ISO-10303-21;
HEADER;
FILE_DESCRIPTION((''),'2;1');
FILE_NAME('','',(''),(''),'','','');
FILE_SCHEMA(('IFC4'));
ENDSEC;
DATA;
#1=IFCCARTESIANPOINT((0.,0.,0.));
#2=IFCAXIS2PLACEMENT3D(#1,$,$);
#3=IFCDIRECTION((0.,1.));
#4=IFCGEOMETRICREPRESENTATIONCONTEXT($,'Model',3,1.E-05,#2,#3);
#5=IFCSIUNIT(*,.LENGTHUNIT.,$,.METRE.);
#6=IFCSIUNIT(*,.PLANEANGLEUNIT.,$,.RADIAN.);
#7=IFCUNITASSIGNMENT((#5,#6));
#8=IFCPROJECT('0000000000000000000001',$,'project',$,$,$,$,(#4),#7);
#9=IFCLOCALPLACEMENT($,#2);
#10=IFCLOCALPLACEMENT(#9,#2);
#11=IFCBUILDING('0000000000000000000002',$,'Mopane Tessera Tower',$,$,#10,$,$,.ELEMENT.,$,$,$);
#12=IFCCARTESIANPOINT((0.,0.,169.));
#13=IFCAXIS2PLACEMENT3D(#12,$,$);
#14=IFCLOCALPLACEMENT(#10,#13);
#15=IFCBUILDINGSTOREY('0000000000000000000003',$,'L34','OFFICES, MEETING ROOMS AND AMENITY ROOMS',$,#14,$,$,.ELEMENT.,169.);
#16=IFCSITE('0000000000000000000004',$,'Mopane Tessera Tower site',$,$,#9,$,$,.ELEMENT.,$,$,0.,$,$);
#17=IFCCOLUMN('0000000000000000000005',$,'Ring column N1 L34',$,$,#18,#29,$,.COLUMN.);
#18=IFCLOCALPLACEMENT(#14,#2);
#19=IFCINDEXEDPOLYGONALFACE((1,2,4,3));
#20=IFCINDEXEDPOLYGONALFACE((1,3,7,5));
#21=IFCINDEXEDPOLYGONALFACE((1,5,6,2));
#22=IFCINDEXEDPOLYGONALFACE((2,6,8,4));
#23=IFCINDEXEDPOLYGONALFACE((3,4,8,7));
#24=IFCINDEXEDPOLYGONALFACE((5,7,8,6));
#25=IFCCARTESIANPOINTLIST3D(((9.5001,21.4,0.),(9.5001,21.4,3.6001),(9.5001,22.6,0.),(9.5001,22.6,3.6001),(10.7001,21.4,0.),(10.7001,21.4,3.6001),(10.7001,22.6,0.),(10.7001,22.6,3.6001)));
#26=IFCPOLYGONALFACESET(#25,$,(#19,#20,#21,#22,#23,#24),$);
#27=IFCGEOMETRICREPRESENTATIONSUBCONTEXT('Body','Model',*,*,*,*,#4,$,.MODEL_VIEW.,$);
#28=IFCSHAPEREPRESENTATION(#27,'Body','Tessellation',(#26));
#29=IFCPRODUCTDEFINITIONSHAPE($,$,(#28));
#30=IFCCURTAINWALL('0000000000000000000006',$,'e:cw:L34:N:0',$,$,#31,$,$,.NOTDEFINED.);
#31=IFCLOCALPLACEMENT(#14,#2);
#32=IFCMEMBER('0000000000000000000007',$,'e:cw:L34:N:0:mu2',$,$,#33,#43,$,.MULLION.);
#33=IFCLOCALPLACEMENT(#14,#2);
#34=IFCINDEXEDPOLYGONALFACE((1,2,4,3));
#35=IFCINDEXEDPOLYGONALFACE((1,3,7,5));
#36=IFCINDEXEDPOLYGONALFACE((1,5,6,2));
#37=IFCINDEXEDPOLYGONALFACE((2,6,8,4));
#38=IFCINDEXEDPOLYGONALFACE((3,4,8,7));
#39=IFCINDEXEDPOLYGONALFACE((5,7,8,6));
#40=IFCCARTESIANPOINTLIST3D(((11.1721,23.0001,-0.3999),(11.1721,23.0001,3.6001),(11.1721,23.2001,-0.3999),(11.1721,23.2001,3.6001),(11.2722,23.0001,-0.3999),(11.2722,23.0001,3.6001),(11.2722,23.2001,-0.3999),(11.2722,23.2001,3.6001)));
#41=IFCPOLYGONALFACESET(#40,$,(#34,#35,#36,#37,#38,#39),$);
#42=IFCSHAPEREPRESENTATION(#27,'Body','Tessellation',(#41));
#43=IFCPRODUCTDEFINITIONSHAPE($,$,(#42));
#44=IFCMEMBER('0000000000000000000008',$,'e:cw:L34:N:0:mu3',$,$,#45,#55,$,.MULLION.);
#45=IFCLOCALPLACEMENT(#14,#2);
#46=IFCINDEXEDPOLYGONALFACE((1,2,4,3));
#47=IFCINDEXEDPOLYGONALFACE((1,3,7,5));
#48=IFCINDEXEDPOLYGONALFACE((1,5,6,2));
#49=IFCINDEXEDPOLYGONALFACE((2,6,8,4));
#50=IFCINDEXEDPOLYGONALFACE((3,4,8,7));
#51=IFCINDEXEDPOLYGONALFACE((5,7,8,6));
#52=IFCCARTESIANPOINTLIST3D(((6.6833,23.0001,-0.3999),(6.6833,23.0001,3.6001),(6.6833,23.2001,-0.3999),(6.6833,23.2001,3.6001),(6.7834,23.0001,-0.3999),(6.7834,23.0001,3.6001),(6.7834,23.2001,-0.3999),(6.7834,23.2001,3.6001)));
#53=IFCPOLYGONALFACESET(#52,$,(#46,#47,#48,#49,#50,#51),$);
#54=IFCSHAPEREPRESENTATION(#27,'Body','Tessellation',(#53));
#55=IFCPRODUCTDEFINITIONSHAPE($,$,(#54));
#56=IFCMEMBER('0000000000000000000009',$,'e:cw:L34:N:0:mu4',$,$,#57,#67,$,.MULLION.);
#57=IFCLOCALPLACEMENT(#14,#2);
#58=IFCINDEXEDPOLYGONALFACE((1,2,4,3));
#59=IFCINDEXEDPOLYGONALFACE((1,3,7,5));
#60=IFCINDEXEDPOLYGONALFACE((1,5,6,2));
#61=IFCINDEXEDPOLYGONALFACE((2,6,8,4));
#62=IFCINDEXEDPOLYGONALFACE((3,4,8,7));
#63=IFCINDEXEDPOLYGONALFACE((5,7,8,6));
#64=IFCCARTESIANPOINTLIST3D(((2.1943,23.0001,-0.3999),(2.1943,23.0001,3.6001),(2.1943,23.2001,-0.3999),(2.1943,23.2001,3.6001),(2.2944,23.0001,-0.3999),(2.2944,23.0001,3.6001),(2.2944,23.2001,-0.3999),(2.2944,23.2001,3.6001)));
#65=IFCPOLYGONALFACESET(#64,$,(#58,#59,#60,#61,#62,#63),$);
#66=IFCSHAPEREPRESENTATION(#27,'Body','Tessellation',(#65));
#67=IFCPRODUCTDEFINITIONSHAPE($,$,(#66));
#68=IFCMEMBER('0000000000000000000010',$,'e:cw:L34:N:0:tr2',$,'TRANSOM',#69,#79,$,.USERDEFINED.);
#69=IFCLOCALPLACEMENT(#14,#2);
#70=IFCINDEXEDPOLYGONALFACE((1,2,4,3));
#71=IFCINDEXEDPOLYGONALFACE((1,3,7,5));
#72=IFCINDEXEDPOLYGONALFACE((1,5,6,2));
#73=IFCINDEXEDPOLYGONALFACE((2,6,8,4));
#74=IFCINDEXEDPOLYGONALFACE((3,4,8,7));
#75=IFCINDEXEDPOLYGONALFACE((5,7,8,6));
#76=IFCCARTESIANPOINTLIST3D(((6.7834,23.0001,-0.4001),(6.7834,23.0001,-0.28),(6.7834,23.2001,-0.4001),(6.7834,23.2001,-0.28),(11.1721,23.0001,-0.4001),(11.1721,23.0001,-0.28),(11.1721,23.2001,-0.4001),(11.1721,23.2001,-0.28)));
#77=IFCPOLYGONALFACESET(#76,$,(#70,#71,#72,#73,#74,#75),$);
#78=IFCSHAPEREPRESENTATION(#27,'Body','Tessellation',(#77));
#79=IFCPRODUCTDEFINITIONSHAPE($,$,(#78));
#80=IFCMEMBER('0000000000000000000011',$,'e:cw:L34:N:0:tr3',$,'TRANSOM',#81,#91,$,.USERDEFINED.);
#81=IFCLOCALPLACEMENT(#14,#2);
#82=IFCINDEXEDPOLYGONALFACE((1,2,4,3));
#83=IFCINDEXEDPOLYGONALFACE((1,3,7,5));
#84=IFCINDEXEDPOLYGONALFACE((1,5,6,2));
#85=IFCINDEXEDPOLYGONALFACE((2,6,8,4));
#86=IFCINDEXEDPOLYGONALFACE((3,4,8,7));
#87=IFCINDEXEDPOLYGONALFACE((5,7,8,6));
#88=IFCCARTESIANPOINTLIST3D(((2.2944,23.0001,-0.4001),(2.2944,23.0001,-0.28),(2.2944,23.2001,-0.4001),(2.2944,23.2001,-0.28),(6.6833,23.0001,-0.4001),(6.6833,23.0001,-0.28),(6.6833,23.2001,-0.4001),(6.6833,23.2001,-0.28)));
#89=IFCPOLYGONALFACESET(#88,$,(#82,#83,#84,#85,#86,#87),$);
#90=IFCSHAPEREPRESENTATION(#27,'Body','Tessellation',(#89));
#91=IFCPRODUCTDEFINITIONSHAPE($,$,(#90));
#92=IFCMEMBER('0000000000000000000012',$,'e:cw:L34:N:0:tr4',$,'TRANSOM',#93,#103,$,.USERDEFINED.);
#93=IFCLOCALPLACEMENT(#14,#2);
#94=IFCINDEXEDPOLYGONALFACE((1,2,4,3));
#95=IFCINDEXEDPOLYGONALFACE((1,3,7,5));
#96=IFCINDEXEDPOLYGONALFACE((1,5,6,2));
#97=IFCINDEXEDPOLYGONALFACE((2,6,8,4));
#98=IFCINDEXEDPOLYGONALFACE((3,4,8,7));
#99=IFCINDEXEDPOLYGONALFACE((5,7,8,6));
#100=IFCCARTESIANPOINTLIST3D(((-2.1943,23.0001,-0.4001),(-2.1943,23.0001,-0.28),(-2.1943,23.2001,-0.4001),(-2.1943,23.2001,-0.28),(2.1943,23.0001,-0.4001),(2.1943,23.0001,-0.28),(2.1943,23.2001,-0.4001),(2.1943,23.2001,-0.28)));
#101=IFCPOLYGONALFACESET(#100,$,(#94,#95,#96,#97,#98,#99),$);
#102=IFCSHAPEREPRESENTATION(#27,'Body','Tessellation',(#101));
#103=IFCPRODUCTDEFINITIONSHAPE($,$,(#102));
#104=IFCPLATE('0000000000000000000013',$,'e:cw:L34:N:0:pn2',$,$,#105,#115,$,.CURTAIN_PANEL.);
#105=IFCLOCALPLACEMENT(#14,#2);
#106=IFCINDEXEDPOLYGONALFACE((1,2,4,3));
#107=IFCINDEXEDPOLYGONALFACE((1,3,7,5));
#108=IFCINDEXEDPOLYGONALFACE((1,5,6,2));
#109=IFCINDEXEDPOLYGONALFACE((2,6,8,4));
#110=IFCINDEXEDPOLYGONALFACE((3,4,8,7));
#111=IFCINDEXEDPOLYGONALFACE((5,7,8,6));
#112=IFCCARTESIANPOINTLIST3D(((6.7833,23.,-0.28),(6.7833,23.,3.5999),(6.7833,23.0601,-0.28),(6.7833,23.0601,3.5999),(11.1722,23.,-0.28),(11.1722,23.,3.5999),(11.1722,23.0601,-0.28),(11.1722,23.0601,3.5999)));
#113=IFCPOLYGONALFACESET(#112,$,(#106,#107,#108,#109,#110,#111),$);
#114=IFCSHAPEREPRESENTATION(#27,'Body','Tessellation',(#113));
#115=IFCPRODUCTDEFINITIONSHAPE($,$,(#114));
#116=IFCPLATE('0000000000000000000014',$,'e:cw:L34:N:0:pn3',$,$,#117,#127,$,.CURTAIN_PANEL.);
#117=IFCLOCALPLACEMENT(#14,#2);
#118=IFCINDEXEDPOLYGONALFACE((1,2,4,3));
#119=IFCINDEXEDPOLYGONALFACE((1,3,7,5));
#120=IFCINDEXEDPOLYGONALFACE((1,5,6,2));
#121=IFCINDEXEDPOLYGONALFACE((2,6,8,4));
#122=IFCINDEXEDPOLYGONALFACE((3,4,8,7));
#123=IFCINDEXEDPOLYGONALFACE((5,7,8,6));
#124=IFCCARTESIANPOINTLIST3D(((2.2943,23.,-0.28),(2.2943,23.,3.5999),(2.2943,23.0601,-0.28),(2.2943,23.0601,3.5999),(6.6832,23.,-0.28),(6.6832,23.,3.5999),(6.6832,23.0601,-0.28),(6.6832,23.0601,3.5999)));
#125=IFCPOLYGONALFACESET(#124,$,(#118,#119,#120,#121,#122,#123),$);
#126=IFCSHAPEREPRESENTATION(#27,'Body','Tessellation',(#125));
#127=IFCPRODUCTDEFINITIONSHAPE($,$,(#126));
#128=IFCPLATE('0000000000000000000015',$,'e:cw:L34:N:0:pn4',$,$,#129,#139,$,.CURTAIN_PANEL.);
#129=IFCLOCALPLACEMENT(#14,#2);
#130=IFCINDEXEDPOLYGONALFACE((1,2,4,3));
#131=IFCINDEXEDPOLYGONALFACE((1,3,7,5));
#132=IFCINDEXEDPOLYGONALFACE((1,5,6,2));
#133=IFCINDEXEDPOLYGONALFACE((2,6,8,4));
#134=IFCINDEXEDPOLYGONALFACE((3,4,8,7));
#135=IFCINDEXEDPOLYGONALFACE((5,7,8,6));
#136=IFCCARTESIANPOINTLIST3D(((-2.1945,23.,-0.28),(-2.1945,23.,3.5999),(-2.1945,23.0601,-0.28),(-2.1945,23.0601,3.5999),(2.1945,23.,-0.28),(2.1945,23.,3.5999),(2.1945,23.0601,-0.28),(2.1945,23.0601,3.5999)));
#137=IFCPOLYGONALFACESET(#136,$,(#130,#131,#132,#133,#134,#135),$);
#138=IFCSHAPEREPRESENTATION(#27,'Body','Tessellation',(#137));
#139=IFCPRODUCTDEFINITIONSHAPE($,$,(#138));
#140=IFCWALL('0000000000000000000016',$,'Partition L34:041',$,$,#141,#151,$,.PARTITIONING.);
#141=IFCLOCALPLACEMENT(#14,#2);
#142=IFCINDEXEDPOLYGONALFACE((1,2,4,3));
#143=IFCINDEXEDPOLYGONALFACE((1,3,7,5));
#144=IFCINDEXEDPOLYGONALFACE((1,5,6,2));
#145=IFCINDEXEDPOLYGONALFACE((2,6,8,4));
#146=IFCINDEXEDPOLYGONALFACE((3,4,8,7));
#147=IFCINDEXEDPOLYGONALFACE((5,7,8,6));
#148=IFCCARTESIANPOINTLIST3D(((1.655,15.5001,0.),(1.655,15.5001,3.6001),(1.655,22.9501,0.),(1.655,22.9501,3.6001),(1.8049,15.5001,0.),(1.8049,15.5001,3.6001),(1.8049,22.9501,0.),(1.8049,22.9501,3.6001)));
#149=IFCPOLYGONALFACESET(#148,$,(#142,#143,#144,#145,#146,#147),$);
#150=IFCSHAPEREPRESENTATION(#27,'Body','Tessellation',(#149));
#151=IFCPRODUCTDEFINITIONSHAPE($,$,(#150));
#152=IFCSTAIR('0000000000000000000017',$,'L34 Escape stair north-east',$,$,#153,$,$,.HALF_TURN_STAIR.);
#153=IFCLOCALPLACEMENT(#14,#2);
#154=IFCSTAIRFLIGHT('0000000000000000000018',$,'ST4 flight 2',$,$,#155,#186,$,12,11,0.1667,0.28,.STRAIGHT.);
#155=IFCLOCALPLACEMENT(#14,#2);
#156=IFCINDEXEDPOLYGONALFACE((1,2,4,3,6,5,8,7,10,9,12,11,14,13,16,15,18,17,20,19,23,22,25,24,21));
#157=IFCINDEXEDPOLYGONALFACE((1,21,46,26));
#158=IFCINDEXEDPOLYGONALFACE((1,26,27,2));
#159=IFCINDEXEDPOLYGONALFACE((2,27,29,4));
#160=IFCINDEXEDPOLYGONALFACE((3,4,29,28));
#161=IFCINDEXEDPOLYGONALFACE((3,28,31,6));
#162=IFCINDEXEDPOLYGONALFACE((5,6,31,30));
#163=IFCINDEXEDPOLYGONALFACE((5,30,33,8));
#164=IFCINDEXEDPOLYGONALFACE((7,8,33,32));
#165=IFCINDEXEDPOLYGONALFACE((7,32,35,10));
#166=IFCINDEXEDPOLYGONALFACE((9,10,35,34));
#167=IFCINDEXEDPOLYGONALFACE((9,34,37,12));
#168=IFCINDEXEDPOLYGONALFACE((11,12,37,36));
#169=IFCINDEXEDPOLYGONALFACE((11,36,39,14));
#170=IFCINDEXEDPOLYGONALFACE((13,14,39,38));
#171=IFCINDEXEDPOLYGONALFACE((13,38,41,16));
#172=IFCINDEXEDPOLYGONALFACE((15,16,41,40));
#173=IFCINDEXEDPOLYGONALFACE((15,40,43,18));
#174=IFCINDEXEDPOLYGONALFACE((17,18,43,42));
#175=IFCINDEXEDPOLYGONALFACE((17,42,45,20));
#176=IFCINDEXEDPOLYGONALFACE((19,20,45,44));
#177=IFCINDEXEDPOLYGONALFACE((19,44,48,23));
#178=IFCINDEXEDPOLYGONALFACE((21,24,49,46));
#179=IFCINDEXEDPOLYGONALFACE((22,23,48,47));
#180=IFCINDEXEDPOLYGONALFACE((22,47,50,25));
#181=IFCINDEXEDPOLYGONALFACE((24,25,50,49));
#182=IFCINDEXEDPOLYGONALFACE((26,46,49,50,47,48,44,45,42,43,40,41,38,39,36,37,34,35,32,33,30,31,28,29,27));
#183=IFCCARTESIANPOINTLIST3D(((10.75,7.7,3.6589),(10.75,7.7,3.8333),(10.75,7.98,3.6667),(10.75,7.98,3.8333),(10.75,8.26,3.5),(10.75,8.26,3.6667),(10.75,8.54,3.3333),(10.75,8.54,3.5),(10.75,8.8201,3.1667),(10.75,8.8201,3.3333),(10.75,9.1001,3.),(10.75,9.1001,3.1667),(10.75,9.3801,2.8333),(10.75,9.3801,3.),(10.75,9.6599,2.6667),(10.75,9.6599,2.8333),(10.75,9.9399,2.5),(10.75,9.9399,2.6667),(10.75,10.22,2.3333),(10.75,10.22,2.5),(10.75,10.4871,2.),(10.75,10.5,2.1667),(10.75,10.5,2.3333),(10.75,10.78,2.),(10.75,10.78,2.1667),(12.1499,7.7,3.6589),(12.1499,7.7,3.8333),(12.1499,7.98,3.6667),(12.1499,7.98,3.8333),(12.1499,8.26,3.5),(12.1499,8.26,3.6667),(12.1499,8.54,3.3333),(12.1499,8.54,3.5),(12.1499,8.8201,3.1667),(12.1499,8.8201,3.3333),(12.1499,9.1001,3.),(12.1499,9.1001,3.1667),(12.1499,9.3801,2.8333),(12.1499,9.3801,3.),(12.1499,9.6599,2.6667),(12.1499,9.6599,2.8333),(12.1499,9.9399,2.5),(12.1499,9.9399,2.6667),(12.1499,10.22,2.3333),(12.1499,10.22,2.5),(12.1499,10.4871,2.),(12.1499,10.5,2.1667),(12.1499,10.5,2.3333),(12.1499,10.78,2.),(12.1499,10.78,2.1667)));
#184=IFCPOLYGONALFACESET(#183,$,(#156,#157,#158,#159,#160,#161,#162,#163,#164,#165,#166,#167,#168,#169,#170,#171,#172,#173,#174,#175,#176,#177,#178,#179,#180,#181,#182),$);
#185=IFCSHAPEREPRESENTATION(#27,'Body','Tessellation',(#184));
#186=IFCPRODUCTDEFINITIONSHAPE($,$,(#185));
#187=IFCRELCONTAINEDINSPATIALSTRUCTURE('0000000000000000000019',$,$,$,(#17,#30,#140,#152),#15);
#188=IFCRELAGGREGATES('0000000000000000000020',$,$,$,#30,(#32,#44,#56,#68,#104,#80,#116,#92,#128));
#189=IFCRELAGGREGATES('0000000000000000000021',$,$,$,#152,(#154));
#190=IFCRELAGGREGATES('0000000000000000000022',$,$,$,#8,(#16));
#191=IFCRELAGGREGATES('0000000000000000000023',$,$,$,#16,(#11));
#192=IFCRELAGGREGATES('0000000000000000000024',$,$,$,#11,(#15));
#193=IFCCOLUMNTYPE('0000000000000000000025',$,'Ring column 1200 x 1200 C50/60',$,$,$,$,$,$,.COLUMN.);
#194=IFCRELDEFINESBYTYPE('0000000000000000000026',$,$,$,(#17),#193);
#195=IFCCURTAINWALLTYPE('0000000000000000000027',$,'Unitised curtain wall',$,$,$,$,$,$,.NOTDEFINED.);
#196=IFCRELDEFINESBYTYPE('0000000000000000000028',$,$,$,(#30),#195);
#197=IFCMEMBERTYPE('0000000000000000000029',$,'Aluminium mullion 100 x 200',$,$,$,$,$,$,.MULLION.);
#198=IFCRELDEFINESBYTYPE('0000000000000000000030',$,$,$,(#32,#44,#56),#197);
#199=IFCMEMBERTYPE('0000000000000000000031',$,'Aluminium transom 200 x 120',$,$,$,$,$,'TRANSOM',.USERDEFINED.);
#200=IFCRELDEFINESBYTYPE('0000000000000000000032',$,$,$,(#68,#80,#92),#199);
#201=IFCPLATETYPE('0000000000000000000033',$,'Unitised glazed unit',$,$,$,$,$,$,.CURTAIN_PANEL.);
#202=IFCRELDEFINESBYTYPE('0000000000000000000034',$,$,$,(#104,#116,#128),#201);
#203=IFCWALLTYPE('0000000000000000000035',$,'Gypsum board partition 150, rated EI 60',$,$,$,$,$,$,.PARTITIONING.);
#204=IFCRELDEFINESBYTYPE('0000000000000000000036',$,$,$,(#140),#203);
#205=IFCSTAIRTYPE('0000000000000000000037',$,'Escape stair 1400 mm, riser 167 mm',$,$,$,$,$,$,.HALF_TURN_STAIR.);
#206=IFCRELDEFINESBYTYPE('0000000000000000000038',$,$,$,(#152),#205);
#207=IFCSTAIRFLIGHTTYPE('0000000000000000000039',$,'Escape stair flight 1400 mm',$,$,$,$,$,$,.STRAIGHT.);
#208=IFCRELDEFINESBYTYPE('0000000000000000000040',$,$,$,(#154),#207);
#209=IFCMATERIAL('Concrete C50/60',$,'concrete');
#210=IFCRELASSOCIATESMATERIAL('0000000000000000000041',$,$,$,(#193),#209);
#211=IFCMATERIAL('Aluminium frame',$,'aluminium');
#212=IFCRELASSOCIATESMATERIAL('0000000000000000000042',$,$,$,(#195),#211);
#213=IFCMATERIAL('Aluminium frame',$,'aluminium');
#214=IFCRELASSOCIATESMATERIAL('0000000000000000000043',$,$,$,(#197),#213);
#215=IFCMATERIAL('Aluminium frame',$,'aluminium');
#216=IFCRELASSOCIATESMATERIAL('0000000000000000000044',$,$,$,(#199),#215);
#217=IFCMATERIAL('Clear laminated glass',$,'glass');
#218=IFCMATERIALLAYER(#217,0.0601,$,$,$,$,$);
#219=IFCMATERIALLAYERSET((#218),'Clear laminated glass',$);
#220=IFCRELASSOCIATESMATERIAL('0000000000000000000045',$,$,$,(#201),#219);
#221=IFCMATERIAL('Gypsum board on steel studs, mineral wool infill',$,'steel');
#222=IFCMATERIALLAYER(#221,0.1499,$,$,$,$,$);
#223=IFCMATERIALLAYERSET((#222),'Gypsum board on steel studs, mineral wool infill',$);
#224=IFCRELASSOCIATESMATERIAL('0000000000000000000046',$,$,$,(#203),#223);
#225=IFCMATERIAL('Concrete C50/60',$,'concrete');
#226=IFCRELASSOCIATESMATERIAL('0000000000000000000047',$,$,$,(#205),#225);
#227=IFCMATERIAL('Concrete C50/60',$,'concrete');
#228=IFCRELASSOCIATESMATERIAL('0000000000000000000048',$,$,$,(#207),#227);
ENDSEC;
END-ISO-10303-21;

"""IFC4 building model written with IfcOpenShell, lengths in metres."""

from ifc_helpers import new_model, si_unit, direction, frame, frame_2d, origin, origin_2d, place, context, subcontext, project, spatial, polyline, rectangle, outline, extrude, material, layer, layer_set, material_profile, profile_set, type_object, element, aggregate, save


model = new_model("IFC4")

# Units and contexts
model_context = context("Model", 3, precision=1e-05, world=origin(), true_north=direction((0.0, 1.0)))
body_context = subcontext(model_context, "Body", "Model", "MODEL_VIEW")
ifc_project = project(units=[si_unit("LENGTHUNIT", "METRE"), si_unit("PLANEANGLEUNIT", "RADIAN")], contexts=[model_context])

# Site, building, storey
site_placement = place(None, origin())
site = spatial("IfcSite", under=ifc_project, at=site_placement, Name="Mopane Tessera Tower site", CompositionType="ELEMENT", RefElevation=0.0)
building_placement = place(site_placement, origin())
building = spatial("IfcBuilding", under=site, at=building_placement, Name="Mopane Tessera Tower", CompositionType="ELEMENT")
storey_placement = place(building_placement, frame((0.0, 0.0, 169.0)))
storey = spatial("IfcBuildingStorey", under=building, at=storey_placement, Name="L34", Description="OFFICES, MEETING ROOMS AND AMENITY ROOMS", CompositionType="ELEMENT", Elevation=169.0)

# Column
ifc_material_1 = material(Name="Concrete C50/60", Category="concrete")
ifc_material_profile_1 = material_profile(ifc_material_1, rectangle(XDim=1.2, YDim=1.2, at=origin_2d()))
ifc_profile_set_1 = profile_set([ifc_material_profile_1], Name="Concrete C50/60")
column_type = type_object("IfcColumnType", Name="Ring column 1200 x 1200 C50/60", PredefinedType="COLUMN", material=ifc_profile_set_1)
column_placement = place(storey_placement, frame((10.1001, 22.0, 0.0), z_axis=(0.0, 0.0, 1.0), x_axis=(1.0, 0.0, 0.0)))
element("IfcColumn", 1, at=column_placement, inside=storey, type_object=column_type, Name="Ring column N1 L34", PredefinedType="COLUMN", context=body_context, shape_type="SweptSolid", body=[
    extrude(rectangle(XDim=1.2, YDim=1.2, at=origin_2d()), origin(), (0.0, 0.0, 1.0), 3.6001),
])

# Curtain wall, members, plates
ifc_material_2 = material(Name="Aluminium frame", Category="aluminium")
curtain_wall_type = type_object("IfcCurtainWallType", Name="Unitised curtain wall", PredefinedType="NOTDEFINED", material=ifc_material_2)
curtain_wall_placement = place(storey_placement, origin())
curtain_wall = element("IfcCurtainWall", 2, at=curtain_wall_placement, inside=storey, type_object=curtain_wall_type, Name="e:cw:L34:N:0", PredefinedType="NOTDEFINED")
ifc_material_3 = material(Name="Aluminium frame", Category="aluminium")
ifc_material_profile_2 = material_profile(ifc_material_3, rectangle(XDim=0.1001, YDim=0.2, at=origin_2d()))
ifc_profile_set_2 = profile_set([ifc_material_profile_2], Name="Aluminium frame")
member_type_1 = type_object("IfcMemberType", Name="Aluminium mullion 100 x 200", PredefinedType="MULLION", material=ifc_profile_set_2)
member_1_placement = place(storey_placement, frame((11.2222, 23.1001, -0.3999), z_axis=(0.0, 0.0, 1.0), x_axis=(-1.0, 0.0, 0.0)))
member_1 = element("IfcMember", 3, at=member_1_placement, type_object=member_type_1, Name="e:cw:L34:N:0:mu2", PredefinedType="MULLION", context=body_context, shape_type="SweptSolid", body=[
    extrude(rectangle(XDim=0.1001, YDim=0.2, at=origin_2d()), origin(), (0.0, 0.0, 1.0), 4.0),
])
member_2_placement = place(storey_placement, frame((6.7334, 23.1001, -0.3999), z_axis=(0.0, 0.0, 1.0), x_axis=(-1.0, 0.0, 0.0)))
member_2 = element("IfcMember", 4, at=member_2_placement, type_object=member_type_1, Name="e:cw:L34:N:0:mu3", PredefinedType="MULLION", context=body_context, shape_type="SweptSolid", body=[
    extrude(rectangle(XDim=0.1001, YDim=0.2, at=origin_2d()), origin(), (0.0, 0.0, 1.0), 4.0),
])
member_3_placement = place(storey_placement, frame((2.2444, 23.1001, -0.3999), z_axis=(0.0, 0.0, 1.0), x_axis=(-1.0, 0.0, 0.0)))
member_3 = element("IfcMember", 5, at=member_3_placement, type_object=member_type_1, Name="e:cw:L34:N:0:mu4", PredefinedType="MULLION", context=body_context, shape_type="SweptSolid", body=[
    extrude(rectangle(XDim=0.1001, YDim=0.2, at=origin_2d()), origin(), (0.0, 0.0, 1.0), 4.0),
])
ifc_material_4 = material(Name="Aluminium frame", Category="aluminium")
ifc_material_profile_3 = material_profile(ifc_material_4, rectangle(XDim=0.2, YDim=0.1201, at=origin_2d()))
ifc_profile_set_3 = profile_set([ifc_material_profile_3], Name="Aluminium frame")
member_type_2 = type_object("IfcMemberType", Name="Aluminium transom 200 x 120", ElementType="TRANSOM", PredefinedType="USERDEFINED", material=ifc_profile_set_3)
member_4_placement = place(storey_placement, frame((11.1721, 23.1001, -0.3401), z_axis=(-1.0, 0.0, 0.0), x_axis=(0.0, -1.0, 0.0)))
member_4 = element("IfcMember", 6, at=member_4_placement, type_object=member_type_2, Name="e:cw:L34:N:0:tr2", ObjectType="TRANSOM", PredefinedType="USERDEFINED", context=body_context, shape_type="SweptSolid", body=[
    extrude(rectangle(XDim=0.2, YDim=0.1201, at=origin_2d()), origin(), (0.0, 0.0, 1.0), 4.3887),
])
member_5_placement = place(storey_placement, frame((6.6833, 23.1001, -0.3401), z_axis=(-1.0, 0.0, 0.0), x_axis=(0.0, -1.0, 0.0)))
member_5 = element("IfcMember", 7, at=member_5_placement, type_object=member_type_2, Name="e:cw:L34:N:0:tr3", ObjectType="TRANSOM", PredefinedType="USERDEFINED", context=body_context, shape_type="SweptSolid", body=[
    extrude(rectangle(XDim=0.2, YDim=0.1201, at=origin_2d()), origin(), (0.0, 0.0, 1.0), 4.3889),
])
member_6_placement = place(storey_placement, frame((2.1943, 23.1001, -0.3401), z_axis=(-1.0, 0.0, 0.0), x_axis=(0.0, -1.0, 0.0)))
member_6 = element("IfcMember", 8, at=member_6_placement, type_object=member_type_2, Name="e:cw:L34:N:0:tr4", ObjectType="TRANSOM", PredefinedType="USERDEFINED", context=body_context, shape_type="SweptSolid", body=[
    extrude(rectangle(XDim=0.2, YDim=0.1201, at=origin_2d()), origin(), (0.0, 0.0, 1.0), 4.3887),
])
ifc_material_5 = material(Name="Clear laminated glass", Category="glass")
ifc_layer_1 = layer(ifc_material_5, 0.0601)
ifc_layer_set_1 = layer_set([ifc_layer_1], Name="Clear laminated glass")
plate_type = type_object("IfcPlateType", Name="Unitised glazed unit", PredefinedType="CURTAIN_PANEL", material=ifc_layer_set_1)
plate_1_placement = place(storey_placement, frame((8.9778, 23.03, -0.28), z_axis=(0.0, 0.0, 1.0), x_axis=(-1.0, 0.0, 0.0)))
plate_1 = element("IfcPlate", 9, at=plate_1_placement, type_object=plate_type, Name="e:cw:L34:N:0:pn2", PredefinedType="CURTAIN_PANEL", context=body_context, shape_type="SweptSolid", body=[
    extrude(rectangle(XDim=4.3889, YDim=0.0601, at=origin_2d()), origin(), (0.0, 0.0, 1.0), 3.8799),
])
plate_2_placement = place(storey_placement, frame((4.4888, 23.03, -0.28), z_axis=(0.0, 0.0, 1.0), x_axis=(-1.0, 0.0, 0.0)))
plate_2 = element("IfcPlate", 10, at=plate_2_placement, type_object=plate_type, Name="e:cw:L34:N:0:pn3", PredefinedType="CURTAIN_PANEL", context=body_context, shape_type="SweptSolid", body=[
    extrude(rectangle(XDim=4.3889, YDim=0.0601, at=origin_2d()), origin(), (0.0, 0.0, 1.0), 3.8799),
])
plate_3_placement = place(storey_placement, frame((0.0, 23.03, -0.28), z_axis=(0.0, 0.0, 1.0), x_axis=(-1.0, 0.0, 0.0)))
plate_3 = element("IfcPlate", 11, at=plate_3_placement, type_object=plate_type, Name="e:cw:L34:N:0:pn4", PredefinedType="CURTAIN_PANEL", context=body_context, shape_type="SweptSolid", body=[
    extrude(rectangle(XDim=4.3889, YDim=0.0601, at=origin_2d()), origin(), (0.0, 0.0, 1.0), 3.8799),
])
aggregate(curtain_wall, [member_1, member_2, member_3, member_4, plate_1, member_5, plate_2, member_6, plate_3])

# Wall
ifc_material_6 = material(Name="Gypsum board on steel studs, mineral wool infill", Category="steel")
ifc_layer_2 = layer(ifc_material_6, 0.1499)
ifc_layer_set_2 = layer_set([ifc_layer_2], Name="Gypsum board on steel studs, mineral wool infill")
wall_type = type_object("IfcWallType", Name="Gypsum board partition 150, rated EI 60", PredefinedType="PARTITIONING", material=ifc_layer_set_2)
wall_placement = place(storey_placement, frame((1.73, 15.5, 0.0), z_axis=(0.0, 0.0, 1.0), x_axis=(0.0, 1.0, 0.0)))
element("IfcWall", 12, at=wall_placement, inside=storey, type_object=wall_type, Name="Partition L34:041", PredefinedType="PARTITIONING", context=body_context, shape_type="SweptSolid", body=[
    extrude(rectangle(XDim=7.45, YDim=0.1499, at=frame_2d((3.7251, 0.0))), origin(), (0.0, 0.0, 1.0), 3.6001),
])

# Stair, stair flight
ifc_material_7 = material(Name="Concrete C50/60", Category="concrete")
stair_type = type_object("IfcStairType", Name="Escape stair 1400 mm, riser 167 mm", PredefinedType="HALF_TURN_STAIR", material=ifc_material_7)
stair_placement = place(storey_placement, origin())
stair = element("IfcStair", 13, at=stair_placement, inside=storey, type_object=stair_type, Name="L34 Escape stair north-east", PredefinedType="HALF_TURN_STAIR")
ifc_material_8 = material(Name="Concrete C50/60", Category="concrete")
stair_flight_type = type_object("IfcStairFlightType", Name="Escape stair flight 1400 mm", PredefinedType="STRAIGHT", material=ifc_material_8)
stair_flight_placement = place(storey_placement, frame((11.45, 10.78, 2.0), z_axis=(0.0, 0.0, 1.0), x_axis=(0.0, -1.0, 0.0)))
stair_flight = element("IfcStairFlight", 14, at=stair_flight_placement, type_object=stair_flight_type, Name="ST4 flight 2", NumberOfRisers=12, NumberOfTreads=11, PredefinedType="STRAIGHT", RiserHeight=0.1667, TreadLength=0.28, context=body_context, shape_type="SweptSolid", body=[
    extrude(outline(polyline([(0.0, 0.0), (0.0, 0.1667), (0.28, 0.1667), (0.28, 0.3333), (0.5601, 0.3333), (0.5601, 0.5), (0.8401, 0.5), (0.8401, 0.6667), (1.1201, 0.6667), (1.1201, 0.8333), (1.3999, 0.8333), (1.3999, 1.0), (1.6799, 1.0), (1.6799, 1.1667), (1.96, 1.1667), (1.96, 1.3333), (2.24, 1.3333), (2.24, 1.5), (2.52, 1.5), (2.52, 1.6667), (2.8, 1.6667), (2.8, 1.8333), (3.0801, 1.8333), (3.0801, 2.0), (3.0801, 1.6589), (0.293, 0.0), (0.0, 0.0)])), frame((0.0, 0.7, 0.0), z_axis=(0.0, -1.0, 0.0), x_axis=(1.0, 0.0, 0.0)), (0.0, 0.0, 1.0), 1.3999),
])
aggregate(stair, [stair_flight])

save(model, "model.ifc")
